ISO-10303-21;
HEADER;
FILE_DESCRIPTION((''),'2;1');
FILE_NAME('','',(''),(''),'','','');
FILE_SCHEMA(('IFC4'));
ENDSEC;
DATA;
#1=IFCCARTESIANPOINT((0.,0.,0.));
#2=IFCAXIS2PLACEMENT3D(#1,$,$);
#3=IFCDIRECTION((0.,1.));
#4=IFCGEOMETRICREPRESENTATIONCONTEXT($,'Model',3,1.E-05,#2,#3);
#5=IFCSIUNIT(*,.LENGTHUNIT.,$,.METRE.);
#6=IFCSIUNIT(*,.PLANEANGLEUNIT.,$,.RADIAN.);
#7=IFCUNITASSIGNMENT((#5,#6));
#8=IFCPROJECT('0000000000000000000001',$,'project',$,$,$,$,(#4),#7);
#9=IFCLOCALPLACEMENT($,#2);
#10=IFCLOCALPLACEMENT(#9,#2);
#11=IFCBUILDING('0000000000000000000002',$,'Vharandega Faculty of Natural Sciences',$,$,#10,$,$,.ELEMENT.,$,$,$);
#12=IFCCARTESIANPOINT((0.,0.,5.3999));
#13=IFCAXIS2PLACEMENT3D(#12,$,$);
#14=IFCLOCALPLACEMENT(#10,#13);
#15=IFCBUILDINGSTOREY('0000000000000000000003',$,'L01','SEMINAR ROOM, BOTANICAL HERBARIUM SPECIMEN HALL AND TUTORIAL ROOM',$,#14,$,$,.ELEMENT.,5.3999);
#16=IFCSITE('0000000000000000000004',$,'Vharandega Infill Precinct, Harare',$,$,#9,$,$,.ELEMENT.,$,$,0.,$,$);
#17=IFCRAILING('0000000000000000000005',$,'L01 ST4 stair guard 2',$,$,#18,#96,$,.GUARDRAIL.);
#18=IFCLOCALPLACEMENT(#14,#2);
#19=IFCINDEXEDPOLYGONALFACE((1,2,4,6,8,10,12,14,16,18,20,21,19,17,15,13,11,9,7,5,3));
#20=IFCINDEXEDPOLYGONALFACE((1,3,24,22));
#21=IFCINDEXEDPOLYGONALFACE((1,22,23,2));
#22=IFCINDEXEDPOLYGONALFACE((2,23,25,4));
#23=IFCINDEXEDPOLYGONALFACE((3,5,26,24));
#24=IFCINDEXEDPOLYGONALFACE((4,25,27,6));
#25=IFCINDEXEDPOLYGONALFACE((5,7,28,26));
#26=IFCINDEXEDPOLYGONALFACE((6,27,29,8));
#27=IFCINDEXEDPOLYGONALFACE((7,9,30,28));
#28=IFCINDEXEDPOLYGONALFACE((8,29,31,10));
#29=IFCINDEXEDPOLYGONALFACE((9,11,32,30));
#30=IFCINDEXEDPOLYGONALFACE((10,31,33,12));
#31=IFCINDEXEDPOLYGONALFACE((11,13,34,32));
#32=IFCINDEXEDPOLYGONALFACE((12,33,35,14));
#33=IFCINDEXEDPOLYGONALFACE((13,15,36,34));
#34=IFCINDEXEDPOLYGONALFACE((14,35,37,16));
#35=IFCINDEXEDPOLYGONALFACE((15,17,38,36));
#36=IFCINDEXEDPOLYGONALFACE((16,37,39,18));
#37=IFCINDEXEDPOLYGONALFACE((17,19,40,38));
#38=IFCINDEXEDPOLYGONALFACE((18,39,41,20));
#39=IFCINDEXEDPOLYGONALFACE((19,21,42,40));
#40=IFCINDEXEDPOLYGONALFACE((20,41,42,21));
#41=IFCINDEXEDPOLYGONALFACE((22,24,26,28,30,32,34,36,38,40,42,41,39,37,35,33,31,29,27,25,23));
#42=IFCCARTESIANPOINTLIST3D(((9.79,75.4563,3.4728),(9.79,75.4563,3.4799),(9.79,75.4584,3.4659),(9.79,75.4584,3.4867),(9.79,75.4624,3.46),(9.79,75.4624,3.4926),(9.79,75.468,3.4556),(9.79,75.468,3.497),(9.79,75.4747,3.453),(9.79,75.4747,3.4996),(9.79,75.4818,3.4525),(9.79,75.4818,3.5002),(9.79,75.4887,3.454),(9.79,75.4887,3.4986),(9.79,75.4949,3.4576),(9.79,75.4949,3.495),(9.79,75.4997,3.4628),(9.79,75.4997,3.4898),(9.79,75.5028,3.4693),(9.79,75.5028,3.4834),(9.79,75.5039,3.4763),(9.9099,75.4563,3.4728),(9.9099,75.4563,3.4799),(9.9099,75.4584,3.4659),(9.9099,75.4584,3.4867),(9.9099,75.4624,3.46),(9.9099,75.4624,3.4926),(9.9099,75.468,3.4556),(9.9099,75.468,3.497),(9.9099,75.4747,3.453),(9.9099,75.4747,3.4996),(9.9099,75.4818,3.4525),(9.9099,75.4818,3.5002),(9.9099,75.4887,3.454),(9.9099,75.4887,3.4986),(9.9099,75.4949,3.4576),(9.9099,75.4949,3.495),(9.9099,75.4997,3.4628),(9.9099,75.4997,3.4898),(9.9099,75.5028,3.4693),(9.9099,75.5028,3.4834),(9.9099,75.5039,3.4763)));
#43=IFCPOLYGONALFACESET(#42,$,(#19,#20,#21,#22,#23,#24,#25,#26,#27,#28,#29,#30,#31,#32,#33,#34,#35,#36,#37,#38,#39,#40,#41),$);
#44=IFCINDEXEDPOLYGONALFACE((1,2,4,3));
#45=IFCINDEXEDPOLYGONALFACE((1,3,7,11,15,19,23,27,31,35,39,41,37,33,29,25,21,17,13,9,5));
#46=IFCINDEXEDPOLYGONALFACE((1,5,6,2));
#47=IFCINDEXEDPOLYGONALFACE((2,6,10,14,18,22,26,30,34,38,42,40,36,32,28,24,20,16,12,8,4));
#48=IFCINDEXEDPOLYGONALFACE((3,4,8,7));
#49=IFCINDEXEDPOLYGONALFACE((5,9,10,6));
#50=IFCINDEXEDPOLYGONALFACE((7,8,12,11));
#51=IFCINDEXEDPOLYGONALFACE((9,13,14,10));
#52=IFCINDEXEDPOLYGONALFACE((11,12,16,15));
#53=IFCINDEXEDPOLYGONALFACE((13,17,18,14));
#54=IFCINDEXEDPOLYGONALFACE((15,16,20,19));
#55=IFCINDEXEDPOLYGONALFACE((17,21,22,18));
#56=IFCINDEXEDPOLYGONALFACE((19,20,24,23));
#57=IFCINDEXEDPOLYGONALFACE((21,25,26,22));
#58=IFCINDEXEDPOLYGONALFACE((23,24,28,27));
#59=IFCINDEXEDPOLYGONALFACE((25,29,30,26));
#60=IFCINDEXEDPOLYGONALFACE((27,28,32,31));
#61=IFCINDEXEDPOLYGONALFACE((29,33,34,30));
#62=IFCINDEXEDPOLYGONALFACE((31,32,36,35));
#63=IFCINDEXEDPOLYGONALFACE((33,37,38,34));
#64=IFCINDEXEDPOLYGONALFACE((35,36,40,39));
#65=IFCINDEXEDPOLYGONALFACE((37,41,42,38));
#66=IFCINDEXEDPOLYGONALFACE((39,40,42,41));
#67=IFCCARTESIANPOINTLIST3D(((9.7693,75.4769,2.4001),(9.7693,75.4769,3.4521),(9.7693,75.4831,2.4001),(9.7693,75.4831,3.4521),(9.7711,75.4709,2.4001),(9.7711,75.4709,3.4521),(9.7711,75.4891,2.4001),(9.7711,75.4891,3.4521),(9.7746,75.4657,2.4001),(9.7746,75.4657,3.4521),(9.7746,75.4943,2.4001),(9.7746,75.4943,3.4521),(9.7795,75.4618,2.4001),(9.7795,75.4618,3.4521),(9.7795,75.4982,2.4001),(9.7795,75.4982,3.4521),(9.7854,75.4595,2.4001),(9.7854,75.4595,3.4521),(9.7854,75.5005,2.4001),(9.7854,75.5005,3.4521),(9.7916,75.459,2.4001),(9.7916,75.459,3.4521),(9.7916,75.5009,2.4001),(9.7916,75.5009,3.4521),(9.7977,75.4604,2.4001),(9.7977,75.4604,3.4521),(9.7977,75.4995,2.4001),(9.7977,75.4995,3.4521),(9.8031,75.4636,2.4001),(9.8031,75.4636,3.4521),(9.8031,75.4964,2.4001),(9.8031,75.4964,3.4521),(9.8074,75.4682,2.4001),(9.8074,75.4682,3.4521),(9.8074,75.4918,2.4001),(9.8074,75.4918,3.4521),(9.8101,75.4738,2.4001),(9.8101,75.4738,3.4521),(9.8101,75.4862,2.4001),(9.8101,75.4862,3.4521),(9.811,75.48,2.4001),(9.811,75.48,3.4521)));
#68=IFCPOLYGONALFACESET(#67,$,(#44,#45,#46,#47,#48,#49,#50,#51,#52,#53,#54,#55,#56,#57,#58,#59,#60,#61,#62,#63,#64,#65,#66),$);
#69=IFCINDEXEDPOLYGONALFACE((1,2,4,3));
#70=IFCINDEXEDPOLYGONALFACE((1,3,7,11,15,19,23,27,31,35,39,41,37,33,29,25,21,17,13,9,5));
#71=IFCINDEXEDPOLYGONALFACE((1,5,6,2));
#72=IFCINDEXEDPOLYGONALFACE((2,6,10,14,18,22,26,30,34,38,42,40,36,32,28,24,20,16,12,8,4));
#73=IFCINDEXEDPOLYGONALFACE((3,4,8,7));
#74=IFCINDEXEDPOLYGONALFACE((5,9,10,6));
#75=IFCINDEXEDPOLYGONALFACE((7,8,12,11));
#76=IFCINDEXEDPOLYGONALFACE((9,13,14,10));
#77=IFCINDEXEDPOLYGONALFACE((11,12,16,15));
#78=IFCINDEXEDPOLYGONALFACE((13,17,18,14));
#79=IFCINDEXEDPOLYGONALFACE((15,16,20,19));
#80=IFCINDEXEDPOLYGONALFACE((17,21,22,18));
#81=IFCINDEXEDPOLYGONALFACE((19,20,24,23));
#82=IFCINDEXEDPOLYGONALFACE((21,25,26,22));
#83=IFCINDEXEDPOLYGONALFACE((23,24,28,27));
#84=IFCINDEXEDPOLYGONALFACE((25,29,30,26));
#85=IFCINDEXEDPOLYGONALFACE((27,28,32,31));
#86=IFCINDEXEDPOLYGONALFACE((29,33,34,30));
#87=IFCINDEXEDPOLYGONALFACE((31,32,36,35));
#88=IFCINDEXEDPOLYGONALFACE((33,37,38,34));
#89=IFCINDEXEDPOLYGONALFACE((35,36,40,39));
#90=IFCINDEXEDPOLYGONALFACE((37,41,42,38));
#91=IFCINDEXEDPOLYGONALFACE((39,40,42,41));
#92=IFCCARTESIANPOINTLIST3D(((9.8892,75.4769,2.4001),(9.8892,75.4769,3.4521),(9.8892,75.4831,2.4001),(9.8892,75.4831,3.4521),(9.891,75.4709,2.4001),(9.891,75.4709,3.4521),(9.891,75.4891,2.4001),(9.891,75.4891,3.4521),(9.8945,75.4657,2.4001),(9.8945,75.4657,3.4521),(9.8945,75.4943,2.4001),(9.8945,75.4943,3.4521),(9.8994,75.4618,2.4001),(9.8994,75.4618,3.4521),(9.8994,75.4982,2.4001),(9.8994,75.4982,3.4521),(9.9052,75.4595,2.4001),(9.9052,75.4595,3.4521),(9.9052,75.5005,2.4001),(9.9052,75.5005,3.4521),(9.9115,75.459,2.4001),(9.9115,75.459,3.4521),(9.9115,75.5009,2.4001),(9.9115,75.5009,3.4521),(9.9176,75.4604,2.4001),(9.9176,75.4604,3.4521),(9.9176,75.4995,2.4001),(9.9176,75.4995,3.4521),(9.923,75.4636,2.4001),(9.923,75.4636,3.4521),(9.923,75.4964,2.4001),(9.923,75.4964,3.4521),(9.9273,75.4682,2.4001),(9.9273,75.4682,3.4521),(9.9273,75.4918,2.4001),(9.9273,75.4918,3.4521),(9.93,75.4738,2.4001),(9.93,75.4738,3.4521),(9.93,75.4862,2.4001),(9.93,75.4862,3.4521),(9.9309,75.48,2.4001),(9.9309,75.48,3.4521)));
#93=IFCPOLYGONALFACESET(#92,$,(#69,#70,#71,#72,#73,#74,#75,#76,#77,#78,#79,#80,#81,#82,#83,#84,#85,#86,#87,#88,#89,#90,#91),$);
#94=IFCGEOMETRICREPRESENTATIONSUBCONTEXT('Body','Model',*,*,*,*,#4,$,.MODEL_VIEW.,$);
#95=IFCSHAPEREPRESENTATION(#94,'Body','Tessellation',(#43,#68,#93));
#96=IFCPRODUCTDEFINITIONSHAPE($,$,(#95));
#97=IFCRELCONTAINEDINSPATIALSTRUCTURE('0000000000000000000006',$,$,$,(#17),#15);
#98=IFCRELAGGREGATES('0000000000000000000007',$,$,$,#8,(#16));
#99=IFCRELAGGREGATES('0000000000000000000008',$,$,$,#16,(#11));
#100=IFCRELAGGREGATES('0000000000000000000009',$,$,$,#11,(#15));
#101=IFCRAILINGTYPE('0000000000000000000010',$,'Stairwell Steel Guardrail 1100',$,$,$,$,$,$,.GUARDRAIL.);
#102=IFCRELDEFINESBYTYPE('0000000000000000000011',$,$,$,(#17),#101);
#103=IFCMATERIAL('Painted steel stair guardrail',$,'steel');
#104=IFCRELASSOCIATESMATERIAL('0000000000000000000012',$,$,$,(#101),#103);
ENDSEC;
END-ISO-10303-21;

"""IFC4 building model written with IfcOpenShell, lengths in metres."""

from ifc_helpers import new_model, si_unit, direction, frame, origin, origin_2d, place, context, subcontext, project, spatial, circle, extrude, material, type_object, element, save


model = new_model("IFC4")

# Units and contexts
model_context = context("Model", 3, precision=1e-05, world=origin(), true_north=direction((0.0, 1.0)))
body_context = subcontext(model_context, "Body", "Model", "MODEL_VIEW")
ifc_project = project(units=[si_unit("LENGTHUNIT", "METRE"), si_unit("PLANEANGLEUNIT", "RADIAN")], contexts=[model_context])

# Site, building, storey
site_placement = place(None, origin())
site = spatial("IfcSite", under=ifc_project, at=site_placement, Name="Vharandega Infill Precinct, Harare", CompositionType="ELEMENT", RefElevation=0.0)
building_placement = place(site_placement, origin())
building = spatial("IfcBuilding", under=site, at=building_placement, Name="Vharandega Faculty of Natural Sciences", CompositionType="ELEMENT")
storey_placement = place(building_placement, frame((0.0, 0.0, 5.3999)))
storey = spatial("IfcBuildingStorey", under=building, at=storey_placement, Name="L01", Description="SEMINAR ROOM, BOTANICAL HERBARIUM SPECIMEN HALL AND TUTORIAL ROOM", CompositionType="ELEMENT", Elevation=5.3999)

# Railing
ifc_material_1 = material(Name="Painted steel stair guardrail", Category="steel")
railing_type_1 = type_object("IfcRailingType", Name="Stairwell Steel Guardrail 1100", PredefinedType="GUARDRAIL", material=ifc_material_1)
railing_1_placement = place(storey_placement, frame((9.79, 75.48, 2.4001)))
element("IfcRailing", 1, at=railing_1_placement, inside=storey, type_object=railing_type_1, Name="L01 ST4 stair guard 2", PredefinedType="GUARDRAIL", context=body_context, shape_type="SweptSolid", body=[
    extrude(circle(Radius=0.0239, at=origin_2d()), frame((0.0, 0.0, 1.0762), z_axis=(1.0, 0.0, 0.0), x_axis=(0.0, 1.0, 0.0)), (0.0, 0.0, 1.0), 0.1199),
    extrude(circle(Radius=0.021, at=origin_2d()), origin(), (0.0, 0.0, 1.0), 1.052),
    extrude(circle(Radius=0.021, at=origin_2d()), frame((0.1199, 0.0, 0.0)), (0.0, 0.0, 1.0), 1.052),
])

save(model, "model.ifc")
